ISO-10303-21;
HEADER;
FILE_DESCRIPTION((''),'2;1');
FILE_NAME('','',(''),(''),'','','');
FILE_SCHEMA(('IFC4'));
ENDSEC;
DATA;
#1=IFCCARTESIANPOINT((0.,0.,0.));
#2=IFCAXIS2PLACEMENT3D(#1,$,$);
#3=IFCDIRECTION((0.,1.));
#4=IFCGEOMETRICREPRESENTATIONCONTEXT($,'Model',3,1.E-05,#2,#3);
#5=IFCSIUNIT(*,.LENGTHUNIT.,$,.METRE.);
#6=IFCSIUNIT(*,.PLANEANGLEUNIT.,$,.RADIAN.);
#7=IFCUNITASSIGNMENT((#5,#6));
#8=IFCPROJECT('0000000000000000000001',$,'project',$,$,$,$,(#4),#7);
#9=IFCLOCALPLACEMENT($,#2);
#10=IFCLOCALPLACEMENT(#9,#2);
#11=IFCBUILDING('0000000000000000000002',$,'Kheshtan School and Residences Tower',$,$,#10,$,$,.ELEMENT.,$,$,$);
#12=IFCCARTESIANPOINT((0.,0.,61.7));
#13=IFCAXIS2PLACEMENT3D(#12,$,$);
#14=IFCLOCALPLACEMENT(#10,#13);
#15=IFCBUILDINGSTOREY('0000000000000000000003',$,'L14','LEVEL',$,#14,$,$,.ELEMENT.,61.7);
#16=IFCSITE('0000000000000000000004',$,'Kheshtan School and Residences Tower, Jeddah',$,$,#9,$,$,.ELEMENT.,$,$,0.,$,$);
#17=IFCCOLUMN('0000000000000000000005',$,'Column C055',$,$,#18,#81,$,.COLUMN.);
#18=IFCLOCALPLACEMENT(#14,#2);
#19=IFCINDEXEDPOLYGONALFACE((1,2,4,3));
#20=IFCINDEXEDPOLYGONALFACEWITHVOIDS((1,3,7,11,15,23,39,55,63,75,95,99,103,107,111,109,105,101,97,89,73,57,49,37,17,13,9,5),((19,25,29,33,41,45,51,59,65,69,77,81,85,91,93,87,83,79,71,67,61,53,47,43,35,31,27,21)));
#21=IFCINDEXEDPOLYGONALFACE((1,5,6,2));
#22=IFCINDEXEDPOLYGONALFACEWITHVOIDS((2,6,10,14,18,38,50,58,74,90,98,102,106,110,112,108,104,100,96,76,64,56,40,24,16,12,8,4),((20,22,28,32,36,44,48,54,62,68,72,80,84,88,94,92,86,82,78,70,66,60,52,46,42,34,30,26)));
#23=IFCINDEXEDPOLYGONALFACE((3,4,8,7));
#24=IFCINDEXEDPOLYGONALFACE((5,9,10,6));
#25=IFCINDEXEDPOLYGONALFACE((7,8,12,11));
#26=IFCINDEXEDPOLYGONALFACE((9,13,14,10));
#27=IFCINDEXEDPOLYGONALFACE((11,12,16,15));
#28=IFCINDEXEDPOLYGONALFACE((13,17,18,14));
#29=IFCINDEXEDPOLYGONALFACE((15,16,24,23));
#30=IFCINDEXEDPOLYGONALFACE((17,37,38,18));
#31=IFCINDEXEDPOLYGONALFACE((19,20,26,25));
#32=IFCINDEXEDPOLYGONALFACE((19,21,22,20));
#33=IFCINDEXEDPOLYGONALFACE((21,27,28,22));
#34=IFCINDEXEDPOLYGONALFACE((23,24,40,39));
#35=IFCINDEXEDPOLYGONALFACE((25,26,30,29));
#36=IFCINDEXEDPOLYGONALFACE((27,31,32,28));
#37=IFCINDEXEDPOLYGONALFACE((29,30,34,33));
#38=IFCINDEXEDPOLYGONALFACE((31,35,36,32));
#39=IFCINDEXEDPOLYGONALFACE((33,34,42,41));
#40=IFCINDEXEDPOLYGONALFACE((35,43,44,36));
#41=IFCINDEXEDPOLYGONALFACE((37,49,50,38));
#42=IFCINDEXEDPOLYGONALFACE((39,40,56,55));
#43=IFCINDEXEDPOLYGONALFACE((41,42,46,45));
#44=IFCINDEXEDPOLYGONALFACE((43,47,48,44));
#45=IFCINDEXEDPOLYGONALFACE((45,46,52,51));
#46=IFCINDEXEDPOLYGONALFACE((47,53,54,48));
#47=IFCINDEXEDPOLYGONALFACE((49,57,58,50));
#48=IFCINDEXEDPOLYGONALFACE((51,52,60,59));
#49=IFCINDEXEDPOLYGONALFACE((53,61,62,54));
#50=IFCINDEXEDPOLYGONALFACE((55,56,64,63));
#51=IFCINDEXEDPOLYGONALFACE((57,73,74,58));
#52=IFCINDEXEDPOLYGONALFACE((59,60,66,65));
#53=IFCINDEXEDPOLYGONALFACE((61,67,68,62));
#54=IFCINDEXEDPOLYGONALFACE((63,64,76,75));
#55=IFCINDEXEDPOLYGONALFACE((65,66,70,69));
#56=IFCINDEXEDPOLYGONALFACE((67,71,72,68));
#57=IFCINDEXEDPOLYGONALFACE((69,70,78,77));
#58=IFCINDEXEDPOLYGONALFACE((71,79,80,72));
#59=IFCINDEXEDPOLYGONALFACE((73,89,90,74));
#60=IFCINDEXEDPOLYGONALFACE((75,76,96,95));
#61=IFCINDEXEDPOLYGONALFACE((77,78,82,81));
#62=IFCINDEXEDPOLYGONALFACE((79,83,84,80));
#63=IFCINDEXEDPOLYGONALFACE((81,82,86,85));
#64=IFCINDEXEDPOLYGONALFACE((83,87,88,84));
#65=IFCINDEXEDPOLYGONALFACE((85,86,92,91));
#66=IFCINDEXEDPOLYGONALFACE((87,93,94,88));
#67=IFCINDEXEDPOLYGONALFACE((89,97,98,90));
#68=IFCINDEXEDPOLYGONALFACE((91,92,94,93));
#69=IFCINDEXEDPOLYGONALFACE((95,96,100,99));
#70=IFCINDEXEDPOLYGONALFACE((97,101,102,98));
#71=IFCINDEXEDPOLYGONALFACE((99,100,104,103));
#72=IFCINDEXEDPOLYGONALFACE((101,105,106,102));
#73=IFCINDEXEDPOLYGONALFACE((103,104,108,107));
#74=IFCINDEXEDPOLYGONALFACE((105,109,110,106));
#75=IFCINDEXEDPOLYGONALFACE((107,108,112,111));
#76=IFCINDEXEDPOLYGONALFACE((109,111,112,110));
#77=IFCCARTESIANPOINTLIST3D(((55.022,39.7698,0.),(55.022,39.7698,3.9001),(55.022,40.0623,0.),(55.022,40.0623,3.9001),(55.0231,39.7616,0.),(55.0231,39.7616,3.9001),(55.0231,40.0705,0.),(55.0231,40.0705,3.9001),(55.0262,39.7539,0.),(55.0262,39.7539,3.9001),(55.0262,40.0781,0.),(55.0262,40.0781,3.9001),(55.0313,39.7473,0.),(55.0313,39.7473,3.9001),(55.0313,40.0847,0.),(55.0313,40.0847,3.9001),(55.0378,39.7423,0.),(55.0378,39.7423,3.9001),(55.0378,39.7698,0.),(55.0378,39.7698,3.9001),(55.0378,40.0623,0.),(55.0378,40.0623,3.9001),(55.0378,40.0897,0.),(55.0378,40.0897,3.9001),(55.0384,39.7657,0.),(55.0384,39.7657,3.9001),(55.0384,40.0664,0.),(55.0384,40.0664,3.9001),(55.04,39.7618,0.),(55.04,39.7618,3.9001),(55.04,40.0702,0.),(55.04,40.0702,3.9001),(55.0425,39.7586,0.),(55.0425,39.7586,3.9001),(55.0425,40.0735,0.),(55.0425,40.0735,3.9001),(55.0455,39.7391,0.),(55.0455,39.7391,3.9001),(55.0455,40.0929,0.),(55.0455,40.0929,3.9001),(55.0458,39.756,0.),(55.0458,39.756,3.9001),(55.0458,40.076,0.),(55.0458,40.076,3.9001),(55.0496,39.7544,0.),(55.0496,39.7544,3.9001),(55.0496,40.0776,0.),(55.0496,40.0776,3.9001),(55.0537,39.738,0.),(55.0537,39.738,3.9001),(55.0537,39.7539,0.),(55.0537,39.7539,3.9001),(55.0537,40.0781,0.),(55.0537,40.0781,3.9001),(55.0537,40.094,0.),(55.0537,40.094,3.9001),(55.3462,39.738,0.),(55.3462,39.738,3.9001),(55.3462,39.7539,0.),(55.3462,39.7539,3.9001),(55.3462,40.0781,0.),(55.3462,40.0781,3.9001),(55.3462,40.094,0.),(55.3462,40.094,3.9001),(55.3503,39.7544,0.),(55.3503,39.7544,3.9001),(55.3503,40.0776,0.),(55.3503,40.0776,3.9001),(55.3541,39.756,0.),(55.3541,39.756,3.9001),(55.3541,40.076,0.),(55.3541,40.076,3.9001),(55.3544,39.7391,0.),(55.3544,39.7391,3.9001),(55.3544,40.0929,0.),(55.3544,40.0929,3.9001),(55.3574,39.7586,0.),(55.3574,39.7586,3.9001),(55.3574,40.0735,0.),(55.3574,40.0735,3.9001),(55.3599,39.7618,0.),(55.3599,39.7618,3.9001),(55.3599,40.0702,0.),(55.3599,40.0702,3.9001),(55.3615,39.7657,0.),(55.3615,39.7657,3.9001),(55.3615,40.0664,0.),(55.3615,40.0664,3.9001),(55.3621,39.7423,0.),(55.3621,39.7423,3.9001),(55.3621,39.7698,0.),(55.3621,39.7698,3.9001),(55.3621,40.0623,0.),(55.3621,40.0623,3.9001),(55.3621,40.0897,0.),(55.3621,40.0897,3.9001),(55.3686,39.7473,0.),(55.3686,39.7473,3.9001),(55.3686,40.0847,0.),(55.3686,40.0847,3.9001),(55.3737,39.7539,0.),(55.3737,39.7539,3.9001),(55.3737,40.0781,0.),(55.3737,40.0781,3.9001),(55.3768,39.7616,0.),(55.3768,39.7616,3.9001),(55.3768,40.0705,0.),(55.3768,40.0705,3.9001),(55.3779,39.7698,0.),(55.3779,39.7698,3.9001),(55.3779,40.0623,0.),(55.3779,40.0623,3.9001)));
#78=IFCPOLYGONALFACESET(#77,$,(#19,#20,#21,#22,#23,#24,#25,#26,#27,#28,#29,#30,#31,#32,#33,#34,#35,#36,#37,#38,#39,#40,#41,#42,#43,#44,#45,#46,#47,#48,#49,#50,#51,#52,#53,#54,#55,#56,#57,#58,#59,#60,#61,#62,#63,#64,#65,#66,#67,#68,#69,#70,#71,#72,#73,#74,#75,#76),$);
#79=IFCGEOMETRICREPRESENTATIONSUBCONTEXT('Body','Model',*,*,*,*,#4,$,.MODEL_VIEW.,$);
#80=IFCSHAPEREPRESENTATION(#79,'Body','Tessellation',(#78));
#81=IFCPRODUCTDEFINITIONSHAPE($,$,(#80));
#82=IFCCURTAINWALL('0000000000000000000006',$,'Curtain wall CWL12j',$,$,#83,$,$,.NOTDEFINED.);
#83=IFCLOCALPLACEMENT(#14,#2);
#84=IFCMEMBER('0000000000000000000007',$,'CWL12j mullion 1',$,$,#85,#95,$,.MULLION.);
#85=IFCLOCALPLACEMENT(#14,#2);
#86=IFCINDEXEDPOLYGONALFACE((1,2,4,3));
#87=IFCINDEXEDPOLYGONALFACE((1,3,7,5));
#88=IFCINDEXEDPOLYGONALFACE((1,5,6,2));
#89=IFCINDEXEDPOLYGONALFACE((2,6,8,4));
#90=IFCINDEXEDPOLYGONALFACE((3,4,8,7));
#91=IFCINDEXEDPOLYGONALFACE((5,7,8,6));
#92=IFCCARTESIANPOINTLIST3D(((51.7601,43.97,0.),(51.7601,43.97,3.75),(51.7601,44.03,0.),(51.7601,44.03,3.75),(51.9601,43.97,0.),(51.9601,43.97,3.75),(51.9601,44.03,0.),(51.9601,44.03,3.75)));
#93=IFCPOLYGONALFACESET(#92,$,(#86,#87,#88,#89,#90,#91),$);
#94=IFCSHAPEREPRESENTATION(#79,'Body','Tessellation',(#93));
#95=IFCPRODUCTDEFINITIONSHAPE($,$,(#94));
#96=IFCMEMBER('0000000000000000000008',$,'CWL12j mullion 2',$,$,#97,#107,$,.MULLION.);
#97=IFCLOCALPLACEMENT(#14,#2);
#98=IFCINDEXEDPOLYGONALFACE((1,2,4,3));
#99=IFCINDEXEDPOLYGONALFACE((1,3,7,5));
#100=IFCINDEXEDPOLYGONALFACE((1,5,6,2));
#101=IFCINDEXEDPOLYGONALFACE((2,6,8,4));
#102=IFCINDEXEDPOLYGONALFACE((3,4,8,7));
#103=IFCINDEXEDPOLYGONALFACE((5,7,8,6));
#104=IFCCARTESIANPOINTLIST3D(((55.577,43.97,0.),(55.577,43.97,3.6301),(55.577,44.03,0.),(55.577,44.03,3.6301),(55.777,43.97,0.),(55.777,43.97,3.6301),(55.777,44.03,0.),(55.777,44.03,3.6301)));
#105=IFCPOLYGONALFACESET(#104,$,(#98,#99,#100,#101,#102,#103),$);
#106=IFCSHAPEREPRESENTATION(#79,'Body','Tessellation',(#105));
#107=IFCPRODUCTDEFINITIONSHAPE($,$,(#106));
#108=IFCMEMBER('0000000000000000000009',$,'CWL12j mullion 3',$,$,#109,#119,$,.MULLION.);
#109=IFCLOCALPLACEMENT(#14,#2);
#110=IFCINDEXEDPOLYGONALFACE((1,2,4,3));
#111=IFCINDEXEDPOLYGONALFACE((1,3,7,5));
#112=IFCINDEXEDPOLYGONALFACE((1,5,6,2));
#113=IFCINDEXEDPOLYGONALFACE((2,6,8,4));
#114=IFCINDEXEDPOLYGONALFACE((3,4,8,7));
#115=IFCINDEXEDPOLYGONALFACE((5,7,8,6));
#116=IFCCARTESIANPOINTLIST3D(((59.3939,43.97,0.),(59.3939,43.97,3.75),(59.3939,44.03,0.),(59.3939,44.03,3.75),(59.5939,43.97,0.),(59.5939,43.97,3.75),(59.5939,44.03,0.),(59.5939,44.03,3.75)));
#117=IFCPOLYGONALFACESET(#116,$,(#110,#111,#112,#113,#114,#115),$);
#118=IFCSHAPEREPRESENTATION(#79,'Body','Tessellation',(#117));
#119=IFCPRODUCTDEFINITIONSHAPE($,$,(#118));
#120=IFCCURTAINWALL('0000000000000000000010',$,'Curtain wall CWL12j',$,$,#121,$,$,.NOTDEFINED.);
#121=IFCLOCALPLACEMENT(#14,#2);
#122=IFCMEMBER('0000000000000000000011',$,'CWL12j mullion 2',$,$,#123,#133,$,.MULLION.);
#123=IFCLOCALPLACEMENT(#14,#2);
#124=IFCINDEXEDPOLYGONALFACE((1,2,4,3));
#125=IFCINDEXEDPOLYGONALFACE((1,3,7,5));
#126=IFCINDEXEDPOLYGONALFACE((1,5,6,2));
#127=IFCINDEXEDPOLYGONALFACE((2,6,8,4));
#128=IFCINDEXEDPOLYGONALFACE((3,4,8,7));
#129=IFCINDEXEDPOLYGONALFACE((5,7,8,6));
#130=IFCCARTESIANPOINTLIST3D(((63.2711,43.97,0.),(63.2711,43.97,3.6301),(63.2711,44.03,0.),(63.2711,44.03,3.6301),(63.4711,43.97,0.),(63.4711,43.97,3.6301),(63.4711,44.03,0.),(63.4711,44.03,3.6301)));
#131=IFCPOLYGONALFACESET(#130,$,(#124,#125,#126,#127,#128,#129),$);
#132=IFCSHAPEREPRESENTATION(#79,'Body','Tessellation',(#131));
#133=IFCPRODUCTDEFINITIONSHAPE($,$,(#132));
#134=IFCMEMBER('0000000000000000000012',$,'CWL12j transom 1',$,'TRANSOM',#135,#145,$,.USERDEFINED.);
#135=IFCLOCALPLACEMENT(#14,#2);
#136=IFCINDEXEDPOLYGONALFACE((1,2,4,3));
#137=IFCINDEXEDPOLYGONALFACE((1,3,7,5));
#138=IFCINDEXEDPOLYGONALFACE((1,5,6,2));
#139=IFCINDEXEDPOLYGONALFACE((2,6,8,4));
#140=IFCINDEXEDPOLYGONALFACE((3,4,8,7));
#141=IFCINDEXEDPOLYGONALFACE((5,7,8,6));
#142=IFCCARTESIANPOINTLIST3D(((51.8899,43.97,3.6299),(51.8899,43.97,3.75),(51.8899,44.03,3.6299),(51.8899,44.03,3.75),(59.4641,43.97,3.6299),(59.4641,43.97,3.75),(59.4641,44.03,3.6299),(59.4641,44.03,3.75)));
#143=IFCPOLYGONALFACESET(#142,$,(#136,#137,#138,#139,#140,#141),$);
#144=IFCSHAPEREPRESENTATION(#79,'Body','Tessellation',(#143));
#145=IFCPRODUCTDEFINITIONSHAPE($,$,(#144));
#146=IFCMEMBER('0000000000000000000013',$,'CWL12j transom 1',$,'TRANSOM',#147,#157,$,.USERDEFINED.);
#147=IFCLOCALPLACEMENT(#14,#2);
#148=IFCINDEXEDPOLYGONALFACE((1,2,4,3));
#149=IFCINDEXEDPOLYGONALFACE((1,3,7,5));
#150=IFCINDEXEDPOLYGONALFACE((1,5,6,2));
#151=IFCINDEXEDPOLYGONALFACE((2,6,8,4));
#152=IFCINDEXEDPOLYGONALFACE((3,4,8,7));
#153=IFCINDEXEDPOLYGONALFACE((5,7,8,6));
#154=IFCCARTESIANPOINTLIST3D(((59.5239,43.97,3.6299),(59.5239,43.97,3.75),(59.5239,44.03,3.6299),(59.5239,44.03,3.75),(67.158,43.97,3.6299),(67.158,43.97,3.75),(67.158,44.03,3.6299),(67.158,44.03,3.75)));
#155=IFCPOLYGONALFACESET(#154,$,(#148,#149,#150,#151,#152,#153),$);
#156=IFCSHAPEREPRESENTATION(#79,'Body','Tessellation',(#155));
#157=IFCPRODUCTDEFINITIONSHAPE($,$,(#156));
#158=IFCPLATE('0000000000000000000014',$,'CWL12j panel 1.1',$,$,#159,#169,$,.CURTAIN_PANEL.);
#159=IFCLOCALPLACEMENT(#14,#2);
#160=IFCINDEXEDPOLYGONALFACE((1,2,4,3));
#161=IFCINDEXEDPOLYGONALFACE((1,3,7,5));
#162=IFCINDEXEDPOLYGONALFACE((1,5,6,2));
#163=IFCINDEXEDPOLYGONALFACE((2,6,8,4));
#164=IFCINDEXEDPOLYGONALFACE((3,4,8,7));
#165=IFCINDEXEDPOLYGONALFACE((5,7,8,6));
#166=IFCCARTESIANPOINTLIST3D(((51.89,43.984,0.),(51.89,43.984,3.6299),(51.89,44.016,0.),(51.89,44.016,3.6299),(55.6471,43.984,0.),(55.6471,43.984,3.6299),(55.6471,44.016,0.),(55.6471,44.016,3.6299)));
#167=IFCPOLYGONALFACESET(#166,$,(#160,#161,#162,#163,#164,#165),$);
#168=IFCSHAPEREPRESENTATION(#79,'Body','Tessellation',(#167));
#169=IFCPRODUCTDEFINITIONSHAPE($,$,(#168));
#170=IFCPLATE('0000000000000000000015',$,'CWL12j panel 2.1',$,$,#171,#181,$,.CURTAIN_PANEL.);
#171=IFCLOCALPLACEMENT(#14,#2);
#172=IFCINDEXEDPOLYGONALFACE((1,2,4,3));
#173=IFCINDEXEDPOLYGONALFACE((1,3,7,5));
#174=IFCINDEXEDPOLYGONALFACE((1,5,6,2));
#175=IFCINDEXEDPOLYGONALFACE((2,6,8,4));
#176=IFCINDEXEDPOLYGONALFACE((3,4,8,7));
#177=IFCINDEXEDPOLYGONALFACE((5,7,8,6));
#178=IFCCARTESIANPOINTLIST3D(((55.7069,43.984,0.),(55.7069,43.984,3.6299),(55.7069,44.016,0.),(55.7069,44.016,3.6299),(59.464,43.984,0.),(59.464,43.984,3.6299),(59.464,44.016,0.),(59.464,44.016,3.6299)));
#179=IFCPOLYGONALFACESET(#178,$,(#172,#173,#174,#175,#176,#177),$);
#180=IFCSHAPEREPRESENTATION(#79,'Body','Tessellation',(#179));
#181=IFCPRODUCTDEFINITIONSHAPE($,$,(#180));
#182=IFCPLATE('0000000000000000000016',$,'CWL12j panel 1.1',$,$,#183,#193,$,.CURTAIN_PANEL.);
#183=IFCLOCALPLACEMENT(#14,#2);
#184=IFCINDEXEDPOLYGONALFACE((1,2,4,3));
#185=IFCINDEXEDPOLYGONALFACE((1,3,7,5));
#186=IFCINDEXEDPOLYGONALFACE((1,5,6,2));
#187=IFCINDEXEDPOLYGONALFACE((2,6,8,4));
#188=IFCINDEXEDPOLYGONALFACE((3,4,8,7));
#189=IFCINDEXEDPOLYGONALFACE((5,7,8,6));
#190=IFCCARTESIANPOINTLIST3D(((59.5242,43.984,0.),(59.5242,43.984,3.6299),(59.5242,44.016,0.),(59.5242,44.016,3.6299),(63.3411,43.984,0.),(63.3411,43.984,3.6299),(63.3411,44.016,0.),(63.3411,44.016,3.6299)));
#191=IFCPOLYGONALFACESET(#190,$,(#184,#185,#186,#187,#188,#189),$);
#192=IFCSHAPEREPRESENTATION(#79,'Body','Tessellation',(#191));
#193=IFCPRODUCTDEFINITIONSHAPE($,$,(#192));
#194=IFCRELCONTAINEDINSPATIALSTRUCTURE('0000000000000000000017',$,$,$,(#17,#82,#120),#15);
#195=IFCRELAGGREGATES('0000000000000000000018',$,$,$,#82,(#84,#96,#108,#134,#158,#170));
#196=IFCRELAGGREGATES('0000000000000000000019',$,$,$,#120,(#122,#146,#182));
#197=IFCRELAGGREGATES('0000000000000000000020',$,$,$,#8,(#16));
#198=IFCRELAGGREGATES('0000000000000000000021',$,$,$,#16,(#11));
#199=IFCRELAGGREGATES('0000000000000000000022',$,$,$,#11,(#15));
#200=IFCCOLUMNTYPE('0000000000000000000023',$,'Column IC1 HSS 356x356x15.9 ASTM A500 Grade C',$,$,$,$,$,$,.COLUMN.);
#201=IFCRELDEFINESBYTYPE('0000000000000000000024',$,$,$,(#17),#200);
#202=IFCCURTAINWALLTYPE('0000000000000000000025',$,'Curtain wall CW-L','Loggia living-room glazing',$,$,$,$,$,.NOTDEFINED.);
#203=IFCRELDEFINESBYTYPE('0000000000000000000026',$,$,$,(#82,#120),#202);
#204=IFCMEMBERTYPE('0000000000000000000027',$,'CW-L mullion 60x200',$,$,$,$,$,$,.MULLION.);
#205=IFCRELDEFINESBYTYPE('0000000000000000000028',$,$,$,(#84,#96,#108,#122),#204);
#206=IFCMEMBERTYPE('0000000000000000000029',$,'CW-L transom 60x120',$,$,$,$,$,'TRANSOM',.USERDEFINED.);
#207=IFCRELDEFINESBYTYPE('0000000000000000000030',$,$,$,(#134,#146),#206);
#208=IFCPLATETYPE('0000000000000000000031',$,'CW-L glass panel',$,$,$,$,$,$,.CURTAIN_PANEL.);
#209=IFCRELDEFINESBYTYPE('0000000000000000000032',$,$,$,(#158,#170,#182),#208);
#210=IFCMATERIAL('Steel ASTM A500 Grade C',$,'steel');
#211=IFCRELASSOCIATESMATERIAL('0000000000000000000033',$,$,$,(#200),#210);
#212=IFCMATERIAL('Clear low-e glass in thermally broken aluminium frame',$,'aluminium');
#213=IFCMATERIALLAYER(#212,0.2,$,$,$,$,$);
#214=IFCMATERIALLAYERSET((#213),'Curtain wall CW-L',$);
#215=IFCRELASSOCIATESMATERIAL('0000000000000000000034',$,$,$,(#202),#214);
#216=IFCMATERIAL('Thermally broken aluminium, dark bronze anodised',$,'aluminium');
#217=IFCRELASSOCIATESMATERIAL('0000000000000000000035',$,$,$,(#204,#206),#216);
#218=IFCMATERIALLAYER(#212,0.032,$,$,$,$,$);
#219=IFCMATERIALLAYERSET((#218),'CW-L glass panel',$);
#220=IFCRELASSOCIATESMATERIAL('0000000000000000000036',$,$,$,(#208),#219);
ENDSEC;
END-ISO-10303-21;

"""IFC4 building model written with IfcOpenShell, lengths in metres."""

from ifc_helpers import new_model, si_unit, direction, frame, origin, origin_2d, place, context, subcontext, project, spatial, rectangle, hollow_rectangle, extrude, material, layer, layer_set, material_profile, profile_set, type_object, element, aggregate, save


model = new_model("IFC4")

# Units and contexts
model_context = context("Model", 3, precision=1e-05, world=origin(), true_north=direction((0.0, 1.0)))
body_context = subcontext(model_context, "Body", "Model", "MODEL_VIEW")
ifc_project = project(units=[si_unit("LENGTHUNIT", "METRE"), si_unit("PLANEANGLEUNIT", "RADIAN")], contexts=[model_context])

# Site, building, storey
site_placement = place(None, origin())
site = spatial("IfcSite", under=ifc_project, at=site_placement, Name="Kheshtan School and Residences Tower, Jeddah", CompositionType="ELEMENT", RefElevation=0.0)
building_placement = place(site_placement, origin())
building = spatial("IfcBuilding", under=site, at=building_placement, Name="Kheshtan School and Residences Tower", CompositionType="ELEMENT")
storey_placement = place(building_placement, frame((0.0, 0.0, 61.7)))
storey = spatial("IfcBuildingStorey", under=building, at=storey_placement, Name="L14", Description="LEVEL", CompositionType="ELEMENT", Elevation=61.7)

# Column
ifc_material_1 = material(Name="Steel ASTM A500 Grade C", Category="steel")
ifc_material_profile_1 = material_profile(ifc_material_1, hollow_rectangle(XDim=0.356, YDim=0.356, WallThickness=0.0159, InnerFilletRadius=0.0159, OuterFilletRadius=0.0317, at=origin_2d()), Name="HSS 356x356x15.9")
ifc_profile_set_1 = profile_set([ifc_material_profile_1], Name="Steel ASTM A500 Grade C")
column_type = type_object("IfcColumnType", Name="Column IC1 HSS 356x356x15.9 ASTM A500 Grade C", PredefinedType="COLUMN", material=ifc_profile_set_1)
column_placement = place(storey_placement, frame((55.2, 39.916, 0.0), z_axis=(0.0, 0.0, 1.0), x_axis=(1.0, 0.0, 0.0)))
element("IfcColumn", 1, at=column_placement, inside=storey, type_object=column_type, Name="Column C055", PredefinedType="COLUMN", context=body_context, shape_type="SweptSolid", body=[
    extrude(hollow_rectangle(XDim=0.356, YDim=0.356, WallThickness=0.0159, InnerFilletRadius=0.0159, OuterFilletRadius=0.0317, at=origin_2d()), origin(), (0.0, 0.0, 1.0), 3.9001),
])

# Curtain wall, members
ifc_material_2 = material(Name="Clear low-e glass in thermally broken aluminium frame", Category="aluminium")
ifc_layer_1 = layer(ifc_material_2, 0.2)
ifc_layer_set_1 = layer_set([ifc_layer_1], Name="Curtain wall CW-L")
curtain_wall_type = type_object("IfcCurtainWallType", Name="Curtain wall CW-L", Description="Loggia living-room glazing", PredefinedType="NOTDEFINED", material=ifc_layer_set_1)
curtain_wall_1_placement = place(storey_placement, origin())
curtain_wall_1 = element("IfcCurtainWall", 2, at=curtain_wall_1_placement, inside=storey, type_object=curtain_wall_type, Name="Curtain wall CWL12j", PredefinedType="NOTDEFINED")
ifc_material_3 = material(Name="Thermally broken aluminium, dark bronze anodised", Category="aluminium")
ifc_material_profile_2 = material_profile(ifc_material_3, rectangle(XDim=0.0601, YDim=0.2, at=origin_2d()), Name="CW-L mullion 60x200")
ifc_profile_set_2 = profile_set([ifc_material_profile_2], Name="Thermally broken aluminium, dark bronze anodised")
member_type_1 = type_object("IfcMemberType", Name="CW-L mullion 60x200", PredefinedType="MULLION", material=ifc_profile_set_2)
member_1_placement = place(storey_placement, frame((51.8601, 44.0, 0.0), z_axis=(0.0, 0.0, 1.0), x_axis=(0.0, 1.0, 0.0)))
member_1 = element("IfcMember", 3, at=member_1_placement, type_object=member_type_1, Name="CWL12j mullion 1", PredefinedType="MULLION", context=body_context, shape_type="SweptSolid", body=[
    extrude(rectangle(XDim=0.0601, YDim=0.2, at=origin_2d()), origin(), (0.0, 0.0, 1.0), 3.75),
])
member_2_placement = place(storey_placement, frame((55.677, 44.0, 0.0), z_axis=(0.0, 0.0, 1.0), x_axis=(0.0, 1.0, 0.0)))
member_2 = element("IfcMember", 4, at=member_2_placement, type_object=member_type_1, Name="CWL12j mullion 2", PredefinedType="MULLION", context=body_context, shape_type="SweptSolid", body=[
    extrude(rectangle(XDim=0.0601, YDim=0.2, at=origin_2d()), origin(), (0.0, 0.0, 1.0), 3.6301),
])
member_3_placement = place(storey_placement, frame((59.4939, 44.0, 0.0), z_axis=(0.0, 0.0, 1.0), x_axis=(0.0, 1.0, 0.0)))
member_3 = element("IfcMember", 5, at=member_3_placement, type_object=member_type_1, Name="CWL12j mullion 3", PredefinedType="MULLION", context=body_context, shape_type="SweptSolid", body=[
    extrude(rectangle(XDim=0.0601, YDim=0.2, at=origin_2d()), origin(), (0.0, 0.0, 1.0), 3.75),
])

# Curtain wall, member
curtain_wall_2_placement = place(storey_placement, origin())
curtain_wall_2 = element("IfcCurtainWall", 6, at=curtain_wall_2_placement, inside=storey, type_object=curtain_wall_type, Name="Curtain wall CWL12j", PredefinedType="NOTDEFINED")
member_4_placement = place(storey_placement, frame((63.3711, 44.0, 0.0), z_axis=(0.0, 0.0, 1.0), x_axis=(0.0, 1.0, 0.0)))
member_4 = element("IfcMember", 7, at=member_4_placement, type_object=member_type_1, Name="CWL12j mullion 2", PredefinedType="MULLION", context=body_context, shape_type="SweptSolid", body=[
    extrude(rectangle(XDim=0.0601, YDim=0.2, at=origin_2d()), origin(), (0.0, 0.0, 1.0), 3.6301),
])

# Members
ifc_material_profile_3 = material_profile(ifc_material_3, rectangle(XDim=0.0601, YDim=0.1201, at=origin_2d()), Name="CW-L transom 60x120")
ifc_profile_set_3 = profile_set([ifc_material_profile_3], Name="Thermally broken aluminium, dark bronze anodised")
member_type_2 = type_object("IfcMemberType", Name="CW-L transom 60x120", ElementType="TRANSOM", PredefinedType="USERDEFINED", material=ifc_profile_set_3)
member_5_placement = place(storey_placement, frame((51.8899, 44.0, 3.6899), z_axis=(1.0, 0.0, 0.0), x_axis=(0.0, 1.0, 0.0)))
member_5 = element("IfcMember", 8, at=member_5_placement, type_object=member_type_2, Name="CWL12j transom 1", ObjectType="TRANSOM", PredefinedType="USERDEFINED", context=body_context, shape_type="SweptSolid", body=[
    extrude(rectangle(XDim=0.0601, YDim=0.1201, at=origin_2d()), origin(), (0.0, 0.0, 1.0), 7.5742),
])
member_6_placement = place(storey_placement, frame((59.5239, 44.0, 3.6899), z_axis=(1.0, 0.0, 0.0), x_axis=(0.0, 1.0, 0.0)))
member_6 = element("IfcMember", 9, at=member_6_placement, type_object=member_type_2, Name="CWL12j transom 1", ObjectType="TRANSOM", PredefinedType="USERDEFINED", context=body_context, shape_type="SweptSolid", body=[
    extrude(rectangle(XDim=0.0601, YDim=0.1201, at=origin_2d()), origin(), (0.0, 0.0, 1.0), 7.634),
])

# Plates
ifc_layer_2 = layer(ifc_material_2, 0.032)
ifc_layer_set_2 = layer_set([ifc_layer_2], Name="CW-L glass panel")
plate_type = type_object("IfcPlateType", Name="CW-L glass panel", PredefinedType="CURTAIN_PANEL", material=ifc_layer_set_2)
plate_1_placement = place(storey_placement, frame((53.7686, 44.0, 0.0), z_axis=(0.0, 0.0, 1.0), x_axis=(1.0, 0.0, 0.0)))
plate_1 = element("IfcPlate", 10, at=plate_1_placement, type_object=plate_type, Name="CWL12j panel 1.1", PredefinedType="CURTAIN_PANEL", context=body_context, shape_type="SweptSolid", body=[
    extrude(rectangle(XDim=3.7571, YDim=0.032, at=origin_2d()), origin(), (0.0, 0.0, 1.0), 3.6299),
])
plate_2_placement = place(storey_placement, frame((57.5854, 44.0, 0.0), z_axis=(0.0, 0.0, 1.0), x_axis=(1.0, 0.0, 0.0)))
plate_2 = element("IfcPlate", 11, at=plate_2_placement, type_object=plate_type, Name="CWL12j panel 2.1", PredefinedType="CURTAIN_PANEL", context=body_context, shape_type="SweptSolid", body=[
    extrude(rectangle(XDim=3.7571, YDim=0.032, at=origin_2d()), origin(), (0.0, 0.0, 1.0), 3.6299),
])
aggregate(curtain_wall_1, [member_1, member_2, member_3, member_5, plate_1, plate_2])
plate_3_placement = place(storey_placement, frame((61.4326, 44.0, 0.0), z_axis=(0.0, 0.0, 1.0), x_axis=(1.0, 0.0, 0.0)))
plate_3 = element("IfcPlate", 12, at=plate_3_placement, type_object=plate_type, Name="CWL12j panel 1.1", PredefinedType="CURTAIN_PANEL", context=body_context, shape_type="SweptSolid", body=[
    extrude(rectangle(XDim=3.8169, YDim=0.032, at=origin_2d()), origin(), (0.0, 0.0, 1.0), 3.6299),
])
aggregate(curtain_wall_2, [member_4, member_6, plate_3])

save(model, "model.ifc")
